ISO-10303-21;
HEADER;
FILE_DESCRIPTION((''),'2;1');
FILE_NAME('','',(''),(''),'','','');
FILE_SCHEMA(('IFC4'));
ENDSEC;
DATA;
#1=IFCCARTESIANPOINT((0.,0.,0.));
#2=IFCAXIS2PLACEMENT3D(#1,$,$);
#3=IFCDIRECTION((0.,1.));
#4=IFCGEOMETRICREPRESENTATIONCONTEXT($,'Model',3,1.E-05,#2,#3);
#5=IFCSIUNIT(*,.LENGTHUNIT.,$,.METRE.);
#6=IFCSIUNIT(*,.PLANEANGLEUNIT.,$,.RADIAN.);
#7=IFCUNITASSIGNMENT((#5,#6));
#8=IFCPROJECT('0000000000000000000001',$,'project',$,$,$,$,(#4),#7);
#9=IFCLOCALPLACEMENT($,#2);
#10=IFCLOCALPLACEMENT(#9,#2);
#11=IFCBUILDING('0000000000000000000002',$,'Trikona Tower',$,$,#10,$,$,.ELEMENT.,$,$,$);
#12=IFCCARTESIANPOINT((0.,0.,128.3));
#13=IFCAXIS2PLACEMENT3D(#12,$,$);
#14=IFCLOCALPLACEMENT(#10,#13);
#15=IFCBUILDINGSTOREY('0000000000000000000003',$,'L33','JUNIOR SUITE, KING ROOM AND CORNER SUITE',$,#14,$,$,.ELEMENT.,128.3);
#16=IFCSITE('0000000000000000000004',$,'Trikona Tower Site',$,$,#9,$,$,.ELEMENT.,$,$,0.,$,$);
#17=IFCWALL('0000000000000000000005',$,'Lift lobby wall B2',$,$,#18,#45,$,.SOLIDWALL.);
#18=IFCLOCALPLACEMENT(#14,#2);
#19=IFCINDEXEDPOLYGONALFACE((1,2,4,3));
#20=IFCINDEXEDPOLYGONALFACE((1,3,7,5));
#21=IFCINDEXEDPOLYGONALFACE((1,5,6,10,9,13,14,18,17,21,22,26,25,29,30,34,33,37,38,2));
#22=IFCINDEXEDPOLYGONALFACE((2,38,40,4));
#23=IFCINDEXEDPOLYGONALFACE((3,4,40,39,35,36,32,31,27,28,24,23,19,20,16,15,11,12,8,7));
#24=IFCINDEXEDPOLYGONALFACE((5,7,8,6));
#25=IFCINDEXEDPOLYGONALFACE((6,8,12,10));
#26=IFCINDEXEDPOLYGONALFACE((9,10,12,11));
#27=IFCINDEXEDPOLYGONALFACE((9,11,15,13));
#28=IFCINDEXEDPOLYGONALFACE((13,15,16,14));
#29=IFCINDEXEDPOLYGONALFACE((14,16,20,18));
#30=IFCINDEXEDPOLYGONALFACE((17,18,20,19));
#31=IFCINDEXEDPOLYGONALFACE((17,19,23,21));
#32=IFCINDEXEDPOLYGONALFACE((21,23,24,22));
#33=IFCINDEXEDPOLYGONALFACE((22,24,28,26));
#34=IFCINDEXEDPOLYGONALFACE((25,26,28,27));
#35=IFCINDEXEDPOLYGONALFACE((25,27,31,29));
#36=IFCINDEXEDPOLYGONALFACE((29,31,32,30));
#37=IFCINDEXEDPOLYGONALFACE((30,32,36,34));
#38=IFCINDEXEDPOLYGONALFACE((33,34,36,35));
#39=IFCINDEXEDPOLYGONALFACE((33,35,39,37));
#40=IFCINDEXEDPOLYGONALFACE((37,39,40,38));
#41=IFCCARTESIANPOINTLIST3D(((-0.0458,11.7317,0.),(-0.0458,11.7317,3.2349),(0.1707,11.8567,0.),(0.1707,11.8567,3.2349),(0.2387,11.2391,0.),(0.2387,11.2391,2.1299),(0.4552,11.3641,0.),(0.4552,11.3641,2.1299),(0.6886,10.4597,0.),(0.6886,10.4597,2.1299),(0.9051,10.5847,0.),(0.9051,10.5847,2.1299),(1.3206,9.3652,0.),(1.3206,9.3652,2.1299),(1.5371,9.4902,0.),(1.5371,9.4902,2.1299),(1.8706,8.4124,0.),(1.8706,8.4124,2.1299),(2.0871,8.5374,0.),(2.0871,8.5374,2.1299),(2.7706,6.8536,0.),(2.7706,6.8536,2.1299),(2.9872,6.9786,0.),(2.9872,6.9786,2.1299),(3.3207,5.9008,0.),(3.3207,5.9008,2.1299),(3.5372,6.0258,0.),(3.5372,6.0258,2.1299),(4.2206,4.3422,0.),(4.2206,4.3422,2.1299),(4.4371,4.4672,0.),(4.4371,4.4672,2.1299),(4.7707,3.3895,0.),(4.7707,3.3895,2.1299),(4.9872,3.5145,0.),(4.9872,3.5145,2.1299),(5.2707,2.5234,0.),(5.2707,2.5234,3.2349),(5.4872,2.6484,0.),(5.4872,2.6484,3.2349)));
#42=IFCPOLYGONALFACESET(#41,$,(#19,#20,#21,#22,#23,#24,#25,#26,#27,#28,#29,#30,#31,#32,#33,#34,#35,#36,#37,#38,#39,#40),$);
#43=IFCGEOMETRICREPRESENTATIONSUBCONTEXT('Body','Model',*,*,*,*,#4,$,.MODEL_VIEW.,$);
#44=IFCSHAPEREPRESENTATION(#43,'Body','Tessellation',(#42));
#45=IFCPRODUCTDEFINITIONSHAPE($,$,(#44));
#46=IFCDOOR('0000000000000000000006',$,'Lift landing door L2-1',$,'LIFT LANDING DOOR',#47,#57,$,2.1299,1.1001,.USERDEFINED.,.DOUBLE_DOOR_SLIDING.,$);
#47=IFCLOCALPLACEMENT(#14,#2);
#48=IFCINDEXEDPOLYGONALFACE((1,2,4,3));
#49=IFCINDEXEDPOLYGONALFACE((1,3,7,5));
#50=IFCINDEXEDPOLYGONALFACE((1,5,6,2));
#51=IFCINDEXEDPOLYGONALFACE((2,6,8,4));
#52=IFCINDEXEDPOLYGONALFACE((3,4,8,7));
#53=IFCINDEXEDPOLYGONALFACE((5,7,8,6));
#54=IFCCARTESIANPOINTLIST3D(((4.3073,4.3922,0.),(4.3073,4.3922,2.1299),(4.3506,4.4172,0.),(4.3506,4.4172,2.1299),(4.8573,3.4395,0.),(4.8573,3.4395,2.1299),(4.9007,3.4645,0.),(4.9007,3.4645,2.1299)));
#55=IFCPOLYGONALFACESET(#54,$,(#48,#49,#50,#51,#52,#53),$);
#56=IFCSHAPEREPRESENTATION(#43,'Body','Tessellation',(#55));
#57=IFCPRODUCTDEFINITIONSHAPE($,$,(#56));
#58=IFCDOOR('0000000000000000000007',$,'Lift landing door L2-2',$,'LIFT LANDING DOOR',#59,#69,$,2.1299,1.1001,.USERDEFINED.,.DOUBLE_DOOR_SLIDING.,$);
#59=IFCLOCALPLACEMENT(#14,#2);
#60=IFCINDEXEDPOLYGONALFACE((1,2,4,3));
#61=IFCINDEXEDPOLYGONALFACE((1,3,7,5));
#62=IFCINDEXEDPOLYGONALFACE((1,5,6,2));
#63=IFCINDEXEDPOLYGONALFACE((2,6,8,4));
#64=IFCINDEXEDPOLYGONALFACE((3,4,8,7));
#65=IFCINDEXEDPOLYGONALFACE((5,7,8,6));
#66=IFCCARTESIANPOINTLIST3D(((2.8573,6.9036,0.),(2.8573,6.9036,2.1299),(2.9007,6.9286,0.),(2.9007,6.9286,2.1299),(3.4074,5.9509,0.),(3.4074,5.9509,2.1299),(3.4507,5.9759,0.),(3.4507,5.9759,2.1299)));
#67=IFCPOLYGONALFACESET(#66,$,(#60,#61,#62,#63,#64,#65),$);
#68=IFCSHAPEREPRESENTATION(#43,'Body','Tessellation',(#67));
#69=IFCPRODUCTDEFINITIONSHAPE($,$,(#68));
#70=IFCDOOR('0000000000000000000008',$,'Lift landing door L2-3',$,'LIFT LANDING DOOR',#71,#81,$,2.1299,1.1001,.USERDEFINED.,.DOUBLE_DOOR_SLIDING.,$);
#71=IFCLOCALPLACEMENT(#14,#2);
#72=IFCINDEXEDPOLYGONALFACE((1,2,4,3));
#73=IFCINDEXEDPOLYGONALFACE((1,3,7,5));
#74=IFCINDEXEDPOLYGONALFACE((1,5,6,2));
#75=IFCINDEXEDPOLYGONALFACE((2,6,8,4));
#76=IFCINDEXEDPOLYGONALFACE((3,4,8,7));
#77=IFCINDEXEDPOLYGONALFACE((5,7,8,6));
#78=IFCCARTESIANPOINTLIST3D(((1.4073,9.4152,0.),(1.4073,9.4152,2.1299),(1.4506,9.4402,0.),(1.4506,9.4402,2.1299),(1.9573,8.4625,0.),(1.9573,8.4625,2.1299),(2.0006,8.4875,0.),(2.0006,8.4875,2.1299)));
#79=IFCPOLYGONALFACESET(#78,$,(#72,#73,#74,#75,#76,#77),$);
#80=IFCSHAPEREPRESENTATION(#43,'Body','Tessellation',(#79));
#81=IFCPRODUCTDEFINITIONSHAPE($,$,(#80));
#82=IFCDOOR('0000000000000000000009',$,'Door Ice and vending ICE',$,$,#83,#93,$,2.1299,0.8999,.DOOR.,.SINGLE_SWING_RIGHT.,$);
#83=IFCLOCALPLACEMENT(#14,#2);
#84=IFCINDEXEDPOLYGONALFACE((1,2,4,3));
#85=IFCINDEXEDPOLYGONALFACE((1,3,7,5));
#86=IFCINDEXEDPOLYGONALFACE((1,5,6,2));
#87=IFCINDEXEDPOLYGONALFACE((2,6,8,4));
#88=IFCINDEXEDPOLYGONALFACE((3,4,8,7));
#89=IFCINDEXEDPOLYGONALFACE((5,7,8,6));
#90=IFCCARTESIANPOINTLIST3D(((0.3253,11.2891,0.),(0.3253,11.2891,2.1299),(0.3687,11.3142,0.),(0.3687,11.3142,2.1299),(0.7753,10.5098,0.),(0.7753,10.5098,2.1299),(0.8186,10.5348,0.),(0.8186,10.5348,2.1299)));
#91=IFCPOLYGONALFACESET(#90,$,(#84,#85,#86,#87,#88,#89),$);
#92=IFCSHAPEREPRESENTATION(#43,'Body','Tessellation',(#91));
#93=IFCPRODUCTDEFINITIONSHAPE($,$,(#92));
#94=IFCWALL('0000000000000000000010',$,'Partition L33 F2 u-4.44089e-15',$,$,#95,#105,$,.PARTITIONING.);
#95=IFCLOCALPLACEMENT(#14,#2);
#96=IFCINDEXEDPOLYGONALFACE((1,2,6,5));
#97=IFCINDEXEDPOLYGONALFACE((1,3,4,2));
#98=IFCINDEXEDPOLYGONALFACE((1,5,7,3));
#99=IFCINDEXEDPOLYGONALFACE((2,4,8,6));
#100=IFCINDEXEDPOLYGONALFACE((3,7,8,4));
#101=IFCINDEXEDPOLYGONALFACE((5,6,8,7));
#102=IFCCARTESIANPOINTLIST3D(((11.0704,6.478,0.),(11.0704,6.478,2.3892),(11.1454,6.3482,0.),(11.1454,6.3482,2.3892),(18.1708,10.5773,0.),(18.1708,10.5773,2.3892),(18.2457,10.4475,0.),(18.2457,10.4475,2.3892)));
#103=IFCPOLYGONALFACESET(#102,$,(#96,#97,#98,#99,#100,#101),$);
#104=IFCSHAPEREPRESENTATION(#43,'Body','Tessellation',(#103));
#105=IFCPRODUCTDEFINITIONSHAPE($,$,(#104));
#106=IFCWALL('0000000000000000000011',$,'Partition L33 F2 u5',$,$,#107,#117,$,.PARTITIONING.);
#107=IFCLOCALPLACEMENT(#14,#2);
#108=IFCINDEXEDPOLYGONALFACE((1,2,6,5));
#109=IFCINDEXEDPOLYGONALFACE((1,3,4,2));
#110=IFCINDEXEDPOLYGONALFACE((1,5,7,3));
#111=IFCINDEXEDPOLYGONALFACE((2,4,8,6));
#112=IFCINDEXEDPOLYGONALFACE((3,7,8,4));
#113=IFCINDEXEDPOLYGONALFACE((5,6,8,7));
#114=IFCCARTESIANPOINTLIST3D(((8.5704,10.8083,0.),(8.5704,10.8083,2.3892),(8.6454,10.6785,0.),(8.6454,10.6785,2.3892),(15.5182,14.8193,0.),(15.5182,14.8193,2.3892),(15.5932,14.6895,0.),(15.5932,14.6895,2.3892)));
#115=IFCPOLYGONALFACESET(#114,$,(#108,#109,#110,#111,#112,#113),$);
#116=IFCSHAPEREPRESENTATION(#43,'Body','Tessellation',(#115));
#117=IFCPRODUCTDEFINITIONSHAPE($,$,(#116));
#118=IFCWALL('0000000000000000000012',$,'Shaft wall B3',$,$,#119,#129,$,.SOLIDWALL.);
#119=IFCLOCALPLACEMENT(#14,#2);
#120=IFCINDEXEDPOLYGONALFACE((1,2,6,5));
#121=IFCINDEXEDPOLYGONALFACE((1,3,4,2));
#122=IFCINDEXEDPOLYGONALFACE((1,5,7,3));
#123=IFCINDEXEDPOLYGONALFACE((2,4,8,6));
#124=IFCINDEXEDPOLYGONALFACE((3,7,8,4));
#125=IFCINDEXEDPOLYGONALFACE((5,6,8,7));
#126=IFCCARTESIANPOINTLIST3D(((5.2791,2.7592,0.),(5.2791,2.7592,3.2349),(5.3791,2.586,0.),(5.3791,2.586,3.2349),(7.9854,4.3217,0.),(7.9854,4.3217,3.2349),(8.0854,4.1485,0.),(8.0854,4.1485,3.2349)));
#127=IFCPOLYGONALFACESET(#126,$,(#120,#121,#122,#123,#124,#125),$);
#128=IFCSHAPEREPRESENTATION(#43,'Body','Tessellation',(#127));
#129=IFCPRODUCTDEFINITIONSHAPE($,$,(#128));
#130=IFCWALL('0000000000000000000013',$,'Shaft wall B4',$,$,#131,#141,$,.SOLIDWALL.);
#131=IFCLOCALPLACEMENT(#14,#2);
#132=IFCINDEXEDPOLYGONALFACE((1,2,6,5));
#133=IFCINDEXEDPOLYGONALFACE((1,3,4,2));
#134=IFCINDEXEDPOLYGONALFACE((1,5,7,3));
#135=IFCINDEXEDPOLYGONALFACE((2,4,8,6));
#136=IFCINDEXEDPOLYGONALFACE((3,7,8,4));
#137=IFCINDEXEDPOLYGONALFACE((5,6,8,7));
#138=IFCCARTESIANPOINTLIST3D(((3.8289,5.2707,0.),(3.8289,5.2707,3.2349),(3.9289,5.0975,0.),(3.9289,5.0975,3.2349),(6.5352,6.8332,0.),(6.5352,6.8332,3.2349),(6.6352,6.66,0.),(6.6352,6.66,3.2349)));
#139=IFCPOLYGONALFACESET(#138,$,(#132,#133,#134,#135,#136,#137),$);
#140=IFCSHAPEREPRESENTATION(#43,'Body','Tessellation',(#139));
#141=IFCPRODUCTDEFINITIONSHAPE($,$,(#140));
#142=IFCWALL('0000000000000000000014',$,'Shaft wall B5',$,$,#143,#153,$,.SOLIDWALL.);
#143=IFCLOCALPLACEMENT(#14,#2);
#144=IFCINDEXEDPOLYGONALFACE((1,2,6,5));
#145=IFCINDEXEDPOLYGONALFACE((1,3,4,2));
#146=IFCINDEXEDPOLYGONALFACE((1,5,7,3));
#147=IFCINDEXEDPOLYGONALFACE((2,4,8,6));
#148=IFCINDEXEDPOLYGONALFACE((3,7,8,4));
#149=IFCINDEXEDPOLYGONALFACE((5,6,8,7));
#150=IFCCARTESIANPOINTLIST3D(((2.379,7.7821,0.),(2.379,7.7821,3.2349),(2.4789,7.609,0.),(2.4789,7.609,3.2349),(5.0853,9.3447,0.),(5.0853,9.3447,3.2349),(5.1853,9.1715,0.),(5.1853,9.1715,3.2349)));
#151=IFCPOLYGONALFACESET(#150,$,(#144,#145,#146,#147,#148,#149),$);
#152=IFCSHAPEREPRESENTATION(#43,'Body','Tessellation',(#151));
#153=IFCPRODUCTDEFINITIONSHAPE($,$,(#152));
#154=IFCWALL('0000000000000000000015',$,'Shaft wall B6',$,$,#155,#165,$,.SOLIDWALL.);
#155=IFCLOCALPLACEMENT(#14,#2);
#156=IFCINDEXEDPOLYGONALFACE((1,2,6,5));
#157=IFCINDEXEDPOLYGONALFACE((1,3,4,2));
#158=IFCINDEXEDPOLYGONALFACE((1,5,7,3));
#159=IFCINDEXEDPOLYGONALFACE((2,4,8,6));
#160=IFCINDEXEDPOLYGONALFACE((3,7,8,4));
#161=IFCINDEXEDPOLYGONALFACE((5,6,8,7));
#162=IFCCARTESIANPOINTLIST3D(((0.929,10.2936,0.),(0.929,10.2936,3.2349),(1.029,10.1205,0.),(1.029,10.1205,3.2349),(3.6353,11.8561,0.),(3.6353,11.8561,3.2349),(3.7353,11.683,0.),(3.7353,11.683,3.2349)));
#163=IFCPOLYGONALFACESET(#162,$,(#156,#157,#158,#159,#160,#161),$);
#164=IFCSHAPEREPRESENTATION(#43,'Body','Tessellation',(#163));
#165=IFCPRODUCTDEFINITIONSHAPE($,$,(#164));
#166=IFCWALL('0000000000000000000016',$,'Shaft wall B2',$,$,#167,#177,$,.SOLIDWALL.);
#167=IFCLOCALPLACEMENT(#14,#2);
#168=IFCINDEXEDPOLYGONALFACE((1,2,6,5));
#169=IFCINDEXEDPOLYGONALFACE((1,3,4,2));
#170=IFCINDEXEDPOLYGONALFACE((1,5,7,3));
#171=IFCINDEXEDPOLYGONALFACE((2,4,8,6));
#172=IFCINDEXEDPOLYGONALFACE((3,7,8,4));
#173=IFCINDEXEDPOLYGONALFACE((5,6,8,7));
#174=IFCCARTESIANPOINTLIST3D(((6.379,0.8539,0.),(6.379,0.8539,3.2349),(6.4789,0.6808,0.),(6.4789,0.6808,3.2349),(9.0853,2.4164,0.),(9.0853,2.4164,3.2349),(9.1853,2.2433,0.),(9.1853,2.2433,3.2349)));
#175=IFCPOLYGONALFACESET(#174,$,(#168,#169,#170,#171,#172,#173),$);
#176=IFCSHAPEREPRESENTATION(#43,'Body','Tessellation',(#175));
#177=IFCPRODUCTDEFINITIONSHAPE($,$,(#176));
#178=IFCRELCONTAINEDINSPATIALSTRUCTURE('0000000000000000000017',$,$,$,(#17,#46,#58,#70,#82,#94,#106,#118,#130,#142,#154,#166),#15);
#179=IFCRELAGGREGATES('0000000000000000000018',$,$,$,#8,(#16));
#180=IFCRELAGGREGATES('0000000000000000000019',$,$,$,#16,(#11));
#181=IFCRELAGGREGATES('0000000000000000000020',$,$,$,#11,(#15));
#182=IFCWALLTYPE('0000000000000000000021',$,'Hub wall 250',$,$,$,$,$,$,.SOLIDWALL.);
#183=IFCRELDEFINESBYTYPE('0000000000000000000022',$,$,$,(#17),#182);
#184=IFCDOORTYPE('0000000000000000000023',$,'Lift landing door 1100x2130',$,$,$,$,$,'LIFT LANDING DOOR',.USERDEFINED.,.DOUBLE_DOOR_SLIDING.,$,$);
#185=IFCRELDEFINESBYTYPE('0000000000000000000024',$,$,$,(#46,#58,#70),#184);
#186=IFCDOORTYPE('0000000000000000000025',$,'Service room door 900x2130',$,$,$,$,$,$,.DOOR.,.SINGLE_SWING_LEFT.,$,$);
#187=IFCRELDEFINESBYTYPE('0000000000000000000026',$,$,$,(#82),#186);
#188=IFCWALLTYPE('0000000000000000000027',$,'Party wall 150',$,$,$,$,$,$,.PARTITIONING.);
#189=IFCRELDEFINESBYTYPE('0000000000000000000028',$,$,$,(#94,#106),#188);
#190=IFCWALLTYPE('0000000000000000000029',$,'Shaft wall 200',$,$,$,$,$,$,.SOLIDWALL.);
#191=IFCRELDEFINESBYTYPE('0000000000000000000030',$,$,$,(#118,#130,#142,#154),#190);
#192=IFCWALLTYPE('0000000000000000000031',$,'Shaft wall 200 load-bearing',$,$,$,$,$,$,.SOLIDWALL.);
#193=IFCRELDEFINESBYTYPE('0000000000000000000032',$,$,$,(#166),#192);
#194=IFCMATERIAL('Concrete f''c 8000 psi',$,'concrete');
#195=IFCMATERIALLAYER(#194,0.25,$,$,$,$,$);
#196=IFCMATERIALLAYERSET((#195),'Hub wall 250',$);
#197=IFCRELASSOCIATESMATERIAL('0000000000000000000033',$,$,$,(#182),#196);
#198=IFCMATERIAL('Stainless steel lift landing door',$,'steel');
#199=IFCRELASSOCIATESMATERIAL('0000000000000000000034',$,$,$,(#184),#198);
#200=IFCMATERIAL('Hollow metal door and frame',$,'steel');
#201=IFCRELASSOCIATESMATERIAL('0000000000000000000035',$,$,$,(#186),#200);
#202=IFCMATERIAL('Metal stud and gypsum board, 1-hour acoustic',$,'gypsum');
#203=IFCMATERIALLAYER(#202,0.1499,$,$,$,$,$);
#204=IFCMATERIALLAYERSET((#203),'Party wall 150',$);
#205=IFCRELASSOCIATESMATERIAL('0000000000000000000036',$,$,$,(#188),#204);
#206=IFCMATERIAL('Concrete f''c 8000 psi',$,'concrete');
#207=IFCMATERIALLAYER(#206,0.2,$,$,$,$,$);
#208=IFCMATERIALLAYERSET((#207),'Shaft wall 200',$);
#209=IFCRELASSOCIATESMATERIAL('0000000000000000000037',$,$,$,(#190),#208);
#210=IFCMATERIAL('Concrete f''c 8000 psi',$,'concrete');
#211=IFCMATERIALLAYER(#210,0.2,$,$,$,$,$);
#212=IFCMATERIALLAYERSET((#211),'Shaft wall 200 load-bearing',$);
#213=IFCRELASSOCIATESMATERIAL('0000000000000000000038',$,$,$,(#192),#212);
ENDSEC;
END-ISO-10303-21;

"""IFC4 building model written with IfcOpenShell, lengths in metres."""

from ifc_helpers import new_model, si_unit, direction, frame, frame_2d, origin, place, context, subcontext, project, spatial, rectangle, extrude, material, layer, layer_set, type_object, element, fill, save


model = new_model("IFC4")

# Units and contexts
model_context = context("Model", 3, precision=1e-05, world=origin(), true_north=direction((0.0, 1.0)))
body_context = subcontext(model_context, "Body", "Model", "MODEL_VIEW")
ifc_project = project(units=[si_unit("LENGTHUNIT", "METRE"), si_unit("PLANEANGLEUNIT", "RADIAN")], contexts=[model_context])

# Site, building, storey
site_placement = place(None, origin())
site = spatial("IfcSite", under=ifc_project, at=site_placement, Name="Trikona Tower Site", CompositionType="ELEMENT", RefElevation=0.0)
building_placement = place(site_placement, origin())
building = spatial("IfcBuilding", under=site, at=building_placement, Name="Trikona Tower", CompositionType="ELEMENT")
storey_placement = place(building_placement, frame((0.0, 0.0, 128.3)))
storey = spatial("IfcBuildingStorey", under=building, at=storey_placement, Name="L33", Description="JUNIOR SUITE, KING ROOM AND CORNER SUITE", CompositionType="ELEMENT", Elevation=128.3)

# Wall, openings, doors
ifc_material_1 = material(Name="Concrete f'c 8000 psi", Category="concrete")
ifc_layer_1 = layer(ifc_material_1, 0.25)
ifc_layer_set_1 = layer_set([ifc_layer_1], Name="Hub wall 250")
wall_type_1 = type_object("IfcWallType", Name="Hub wall 250", PredefinedType="SOLIDWALL", material=ifc_layer_set_1)
wall_1_placement = place(storey_placement, frame((5.3789, 2.5859, 0.0), z_axis=(0.0, 0.0, 1.0), x_axis=(-0.500001, 0.866025, 0.0)))
wall_1 = element("IfcWall", 1, at=wall_1_placement, inside=storey, type_object=wall_type_1, Name="Lift lobby wall B2", PredefinedType="SOLIDWALL", context=body_context, shape_type="SweptSolid", body=[
    extrude(rectangle(XDim=10.6328, YDim=0.25, at=frame_2d((5.3164, 0.0))), origin(), (0.0, 0.0, 1.0), 3.2349),
])
opening_1_placement = place(wall_1_placement, frame((9.1641, 0.0, 0.0)))
opening_1 = element("IfcOpeningElement", 2, at=opening_1_placement, cuts=wall_1, PredefinedType="OPENING", context=body_context, shape_type="SweptSolid", body=[
    extrude(rectangle(XDim=0.8999, YDim=2.1299, at=frame_2d((0.45, 1.0649))), frame((0.0, 0.135, 0.0), z_axis=(0.0, -1.0, 0.0), x_axis=(1.0, 0.0, 0.0)), (0.0, 0.0, 1.0), 0.27),
])
opening_2_placement = place(wall_1_placement, frame((1.0, 0.0, 0.0)))
opening_2 = element("IfcOpeningElement", 3, at=opening_2_placement, cuts=wall_1, PredefinedType="OPENING", context=body_context, shape_type="SweptSolid", body=[
    extrude(rectangle(XDim=1.1001, YDim=2.1299, at=frame_2d((0.55, 1.0649))), frame((0.0, 0.135, 0.0), z_axis=(0.0, -1.0, 0.0), x_axis=(1.0, 0.0, 0.0)), (0.0, 0.0, 1.0), 0.27),
])
opening_3_placement = place(wall_1_placement, frame((3.8999, 0.0, 0.0)))
opening_3 = element("IfcOpeningElement", 4, at=opening_3_placement, cuts=wall_1, PredefinedType="OPENING", context=body_context, shape_type="SweptSolid", body=[
    extrude(rectangle(XDim=1.1001, YDim=2.1299, at=frame_2d((0.55, 1.0649))), frame((0.0, 0.135, 0.0), z_axis=(0.0, -1.0, 0.0), x_axis=(1.0, 0.0, 0.0)), (0.0, 0.0, 1.0), 0.27),
])
opening_4_placement = place(wall_1_placement, frame((6.8, 0.0, 0.0)))
opening_4 = element("IfcOpeningElement", 5, at=opening_4_placement, cuts=wall_1, PredefinedType="OPENING", context=body_context, shape_type="SweptSolid", body=[
    extrude(rectangle(XDim=1.1001, YDim=2.1299, at=frame_2d((0.55, 1.0649))), frame((0.0, 0.135, 0.0), z_axis=(0.0, -1.0, 0.0), x_axis=(1.0, 0.0, 0.0)), (0.0, 0.0, 1.0), 0.27),
])
ifc_material_2 = material(Name="Stainless steel lift landing door", Category="steel")
door_type_1 = type_object("IfcDoorType", Name="Lift landing door 1100x2130", ElementType="LIFT LANDING DOOR", OperationType="DOUBLE_DOOR_SLIDING", PredefinedType="USERDEFINED", material=ifc_material_2)
door_1_placement = place(opening_2_placement, origin())
door_1 = element("IfcDoor", 6, at=door_1_placement, inside=storey, type_object=door_type_1, Name="Lift landing door L2-1", ObjectType="LIFT LANDING DOOR", OperationType="DOUBLE_DOOR_SLIDING", OverallHeight=2.1299, OverallWidth=1.1001, PredefinedType="USERDEFINED", context=body_context, shape_type="SweptSolid", body=[
    extrude(rectangle(XDim=1.1001, YDim=2.1299, at=frame_2d((0.55, 1.0649))), frame((0.0, 0.0249, 0.0), z_axis=(0.0, -1.0, 0.0), x_axis=(1.0, 0.0, 0.0)), (0.0, 0.0, 1.0), 0.05),
])
fill(opening_2, door_1)
door_2_placement = place(opening_3_placement, origin())
door_2 = element("IfcDoor", 7, at=door_2_placement, inside=storey, type_object=door_type_1, Name="Lift landing door L2-2", ObjectType="LIFT LANDING DOOR", OperationType="DOUBLE_DOOR_SLIDING", OverallHeight=2.1299, OverallWidth=1.1001, PredefinedType="USERDEFINED", context=body_context, shape_type="SweptSolid", body=[
    extrude(rectangle(XDim=1.1001, YDim=2.1299, at=frame_2d((0.55, 1.0649))), frame((0.0, 0.0249, 0.0), z_axis=(0.0, -1.0, 0.0), x_axis=(1.0, 0.0, 0.0)), (0.0, 0.0, 1.0), 0.05),
])
fill(opening_3, door_2)
door_3_placement = place(opening_4_placement, origin())
door_3 = element("IfcDoor", 8, at=door_3_placement, inside=storey, type_object=door_type_1, Name="Lift landing door L2-3", ObjectType="LIFT LANDING DOOR", OperationType="DOUBLE_DOOR_SLIDING", OverallHeight=2.1299, OverallWidth=1.1001, PredefinedType="USERDEFINED", context=body_context, shape_type="SweptSolid", body=[
    extrude(rectangle(XDim=1.1001, YDim=2.1299, at=frame_2d((0.55, 1.0649))), frame((0.0, 0.0249, 0.0), z_axis=(0.0, -1.0, 0.0), x_axis=(1.0, 0.0, 0.0)), (0.0, 0.0, 1.0), 0.05),
])
fill(opening_4, door_3)
ifc_material_3 = material(Name="Hollow metal door and frame", Category="steel")
door_type_2 = type_object("IfcDoorType", Name="Service room door 900x2130", OperationType="SINGLE_SWING_LEFT", PredefinedType="DOOR", material=ifc_material_3)
door_4_placement = place(opening_1_placement, origin())
door_4 = element("IfcDoor", 9, at=door_4_placement, inside=storey, type_object=door_type_2, Name="Door Ice and vending ICE", OperationType="SINGLE_SWING_RIGHT", OverallHeight=2.1299, OverallWidth=0.8999, PredefinedType="DOOR", context=body_context, shape_type="SweptSolid", body=[
    extrude(rectangle(XDim=0.8999, YDim=2.1299, at=frame_2d((0.45, 1.0649))), frame((0.0, 0.0249, 0.0), z_axis=(0.0, -1.0, 0.0), x_axis=(1.0, 0.0, 0.0)), (0.0, 0.0, 1.0), 0.05),
])
fill(opening_1, door_4)

# Walls
ifc_material_4 = material(Name="Metal stud and gypsum board, 1-hour acoustic", Category="gypsum")
ifc_layer_2 = layer(ifc_material_4, 0.1499)
ifc_layer_set_2 = layer_set([ifc_layer_2], Name="Party wall 150")
wall_type_2 = type_object("IfcWallType", Name="Party wall 150", PredefinedType="PARTITIONING", material=ifc_layer_set_2)
wall_2_placement = place(storey_placement, frame((11.1079, 6.4131, 0.0), z_axis=(0.0, 0.0, 1.0), x_axis=(0.866026, 0.499998, 0.0)))
element("IfcWall", 10, at=wall_2_placement, inside=storey, type_object=wall_type_2, Name="Partition L33 F2 u-4.44089e-15", PredefinedType="PARTITIONING", context=body_context, shape_type="SweptSolid", body=[
    extrude(rectangle(XDim=8.1987, YDim=0.1499, at=frame_2d((4.0994, 0.0))), origin(), (0.0, 0.0, 1.0), 2.3892),
])
wall_3_placement = place(storey_placement, frame((8.6079, 10.7434, 0.0), z_axis=(0.0, 0.0, 1.0), x_axis=(0.866042, 0.499972, 0.0)))
element("IfcWall", 11, at=wall_3_placement, inside=storey, type_object=wall_type_2, Name="Partition L33 F2 u5", PredefinedType="PARTITIONING", context=body_context, shape_type="SweptSolid", body=[
    extrude(rectangle(XDim=8.0225, YDim=0.1499, at=frame_2d((4.0112, 0.0))), origin(), (0.0, 0.0, 1.0), 2.3892),
])
ifc_material_5 = material(Name="Concrete f'c 8000 psi", Category="concrete")
ifc_layer_3 = layer(ifc_material_5, 0.2)
ifc_layer_set_3 = layer_set([ifc_layer_3], Name="Shaft wall 200")
wall_type_3 = type_object("IfcWallType", Name="Shaft wall 200", PredefinedType="SOLIDWALL", material=ifc_layer_set_3)
for number, where, z_axis, x_axis, name in (
    (12, (5.3291, 2.6726, 0.0), (0.0, 0.0, 1.0), (0.866023, 0.500004, 0.0), "Shaft wall B3"),
    (13, (3.8789, 5.1841, 0.0), (0.0, 0.0, 1.0), (0.866023, 0.500004, 0.0), "Shaft wall B4"),
    (14, (2.429, 7.6956, 0.0), (0.0, 0.0, 1.0), (0.866023, 0.500004, 0.0), "Shaft wall B5"),
    (15, (0.979, 10.207, 0.0), (0.0, 0.0, 1.0), (0.866023, 0.500004, 0.0), "Shaft wall B6"),
):
    element("IfcWall", number, at=place(storey_placement, frame(where, z_axis=z_axis, x_axis=x_axis)), inside=storey, type_object=wall_type_3, Name=name, PredefinedType="SOLIDWALL", context=body_context, shape_type="SweptSolid", body=[
        extrude(rectangle(XDim=3.125, YDim=0.2, at=frame_2d((1.5625, 0.0))), origin(), (0.0, 0.0, 1.0), 3.2349),
    ])
ifc_material_6 = material(Name="Concrete f'c 8000 psi", Category="concrete")
ifc_layer_4 = layer(ifc_material_6, 0.2)
ifc_layer_set_4 = layer_set([ifc_layer_4], Name="Shaft wall 200 load-bearing")
wall_type_4 = type_object("IfcWallType", Name="Shaft wall 200 load-bearing", PredefinedType="SOLIDWALL", material=ifc_layer_set_4)
wall_4_placement = place(storey_placement, frame((6.429, 0.7673, 0.0), z_axis=(0.0, 0.0, 1.0), x_axis=(0.866023, 0.500004, 0.0)))
element("IfcWall", 16, at=wall_4_placement, inside=storey, type_object=wall_type_4, Name="Shaft wall B2", PredefinedType="SOLIDWALL", context=body_context, shape_type="SweptSolid", body=[
    extrude(rectangle(XDim=3.125, YDim=0.2, at=frame_2d((1.5625, 0.0))), origin(), (0.0, 0.0, 1.0), 3.2349),
])

save(model, "model.ifc")
